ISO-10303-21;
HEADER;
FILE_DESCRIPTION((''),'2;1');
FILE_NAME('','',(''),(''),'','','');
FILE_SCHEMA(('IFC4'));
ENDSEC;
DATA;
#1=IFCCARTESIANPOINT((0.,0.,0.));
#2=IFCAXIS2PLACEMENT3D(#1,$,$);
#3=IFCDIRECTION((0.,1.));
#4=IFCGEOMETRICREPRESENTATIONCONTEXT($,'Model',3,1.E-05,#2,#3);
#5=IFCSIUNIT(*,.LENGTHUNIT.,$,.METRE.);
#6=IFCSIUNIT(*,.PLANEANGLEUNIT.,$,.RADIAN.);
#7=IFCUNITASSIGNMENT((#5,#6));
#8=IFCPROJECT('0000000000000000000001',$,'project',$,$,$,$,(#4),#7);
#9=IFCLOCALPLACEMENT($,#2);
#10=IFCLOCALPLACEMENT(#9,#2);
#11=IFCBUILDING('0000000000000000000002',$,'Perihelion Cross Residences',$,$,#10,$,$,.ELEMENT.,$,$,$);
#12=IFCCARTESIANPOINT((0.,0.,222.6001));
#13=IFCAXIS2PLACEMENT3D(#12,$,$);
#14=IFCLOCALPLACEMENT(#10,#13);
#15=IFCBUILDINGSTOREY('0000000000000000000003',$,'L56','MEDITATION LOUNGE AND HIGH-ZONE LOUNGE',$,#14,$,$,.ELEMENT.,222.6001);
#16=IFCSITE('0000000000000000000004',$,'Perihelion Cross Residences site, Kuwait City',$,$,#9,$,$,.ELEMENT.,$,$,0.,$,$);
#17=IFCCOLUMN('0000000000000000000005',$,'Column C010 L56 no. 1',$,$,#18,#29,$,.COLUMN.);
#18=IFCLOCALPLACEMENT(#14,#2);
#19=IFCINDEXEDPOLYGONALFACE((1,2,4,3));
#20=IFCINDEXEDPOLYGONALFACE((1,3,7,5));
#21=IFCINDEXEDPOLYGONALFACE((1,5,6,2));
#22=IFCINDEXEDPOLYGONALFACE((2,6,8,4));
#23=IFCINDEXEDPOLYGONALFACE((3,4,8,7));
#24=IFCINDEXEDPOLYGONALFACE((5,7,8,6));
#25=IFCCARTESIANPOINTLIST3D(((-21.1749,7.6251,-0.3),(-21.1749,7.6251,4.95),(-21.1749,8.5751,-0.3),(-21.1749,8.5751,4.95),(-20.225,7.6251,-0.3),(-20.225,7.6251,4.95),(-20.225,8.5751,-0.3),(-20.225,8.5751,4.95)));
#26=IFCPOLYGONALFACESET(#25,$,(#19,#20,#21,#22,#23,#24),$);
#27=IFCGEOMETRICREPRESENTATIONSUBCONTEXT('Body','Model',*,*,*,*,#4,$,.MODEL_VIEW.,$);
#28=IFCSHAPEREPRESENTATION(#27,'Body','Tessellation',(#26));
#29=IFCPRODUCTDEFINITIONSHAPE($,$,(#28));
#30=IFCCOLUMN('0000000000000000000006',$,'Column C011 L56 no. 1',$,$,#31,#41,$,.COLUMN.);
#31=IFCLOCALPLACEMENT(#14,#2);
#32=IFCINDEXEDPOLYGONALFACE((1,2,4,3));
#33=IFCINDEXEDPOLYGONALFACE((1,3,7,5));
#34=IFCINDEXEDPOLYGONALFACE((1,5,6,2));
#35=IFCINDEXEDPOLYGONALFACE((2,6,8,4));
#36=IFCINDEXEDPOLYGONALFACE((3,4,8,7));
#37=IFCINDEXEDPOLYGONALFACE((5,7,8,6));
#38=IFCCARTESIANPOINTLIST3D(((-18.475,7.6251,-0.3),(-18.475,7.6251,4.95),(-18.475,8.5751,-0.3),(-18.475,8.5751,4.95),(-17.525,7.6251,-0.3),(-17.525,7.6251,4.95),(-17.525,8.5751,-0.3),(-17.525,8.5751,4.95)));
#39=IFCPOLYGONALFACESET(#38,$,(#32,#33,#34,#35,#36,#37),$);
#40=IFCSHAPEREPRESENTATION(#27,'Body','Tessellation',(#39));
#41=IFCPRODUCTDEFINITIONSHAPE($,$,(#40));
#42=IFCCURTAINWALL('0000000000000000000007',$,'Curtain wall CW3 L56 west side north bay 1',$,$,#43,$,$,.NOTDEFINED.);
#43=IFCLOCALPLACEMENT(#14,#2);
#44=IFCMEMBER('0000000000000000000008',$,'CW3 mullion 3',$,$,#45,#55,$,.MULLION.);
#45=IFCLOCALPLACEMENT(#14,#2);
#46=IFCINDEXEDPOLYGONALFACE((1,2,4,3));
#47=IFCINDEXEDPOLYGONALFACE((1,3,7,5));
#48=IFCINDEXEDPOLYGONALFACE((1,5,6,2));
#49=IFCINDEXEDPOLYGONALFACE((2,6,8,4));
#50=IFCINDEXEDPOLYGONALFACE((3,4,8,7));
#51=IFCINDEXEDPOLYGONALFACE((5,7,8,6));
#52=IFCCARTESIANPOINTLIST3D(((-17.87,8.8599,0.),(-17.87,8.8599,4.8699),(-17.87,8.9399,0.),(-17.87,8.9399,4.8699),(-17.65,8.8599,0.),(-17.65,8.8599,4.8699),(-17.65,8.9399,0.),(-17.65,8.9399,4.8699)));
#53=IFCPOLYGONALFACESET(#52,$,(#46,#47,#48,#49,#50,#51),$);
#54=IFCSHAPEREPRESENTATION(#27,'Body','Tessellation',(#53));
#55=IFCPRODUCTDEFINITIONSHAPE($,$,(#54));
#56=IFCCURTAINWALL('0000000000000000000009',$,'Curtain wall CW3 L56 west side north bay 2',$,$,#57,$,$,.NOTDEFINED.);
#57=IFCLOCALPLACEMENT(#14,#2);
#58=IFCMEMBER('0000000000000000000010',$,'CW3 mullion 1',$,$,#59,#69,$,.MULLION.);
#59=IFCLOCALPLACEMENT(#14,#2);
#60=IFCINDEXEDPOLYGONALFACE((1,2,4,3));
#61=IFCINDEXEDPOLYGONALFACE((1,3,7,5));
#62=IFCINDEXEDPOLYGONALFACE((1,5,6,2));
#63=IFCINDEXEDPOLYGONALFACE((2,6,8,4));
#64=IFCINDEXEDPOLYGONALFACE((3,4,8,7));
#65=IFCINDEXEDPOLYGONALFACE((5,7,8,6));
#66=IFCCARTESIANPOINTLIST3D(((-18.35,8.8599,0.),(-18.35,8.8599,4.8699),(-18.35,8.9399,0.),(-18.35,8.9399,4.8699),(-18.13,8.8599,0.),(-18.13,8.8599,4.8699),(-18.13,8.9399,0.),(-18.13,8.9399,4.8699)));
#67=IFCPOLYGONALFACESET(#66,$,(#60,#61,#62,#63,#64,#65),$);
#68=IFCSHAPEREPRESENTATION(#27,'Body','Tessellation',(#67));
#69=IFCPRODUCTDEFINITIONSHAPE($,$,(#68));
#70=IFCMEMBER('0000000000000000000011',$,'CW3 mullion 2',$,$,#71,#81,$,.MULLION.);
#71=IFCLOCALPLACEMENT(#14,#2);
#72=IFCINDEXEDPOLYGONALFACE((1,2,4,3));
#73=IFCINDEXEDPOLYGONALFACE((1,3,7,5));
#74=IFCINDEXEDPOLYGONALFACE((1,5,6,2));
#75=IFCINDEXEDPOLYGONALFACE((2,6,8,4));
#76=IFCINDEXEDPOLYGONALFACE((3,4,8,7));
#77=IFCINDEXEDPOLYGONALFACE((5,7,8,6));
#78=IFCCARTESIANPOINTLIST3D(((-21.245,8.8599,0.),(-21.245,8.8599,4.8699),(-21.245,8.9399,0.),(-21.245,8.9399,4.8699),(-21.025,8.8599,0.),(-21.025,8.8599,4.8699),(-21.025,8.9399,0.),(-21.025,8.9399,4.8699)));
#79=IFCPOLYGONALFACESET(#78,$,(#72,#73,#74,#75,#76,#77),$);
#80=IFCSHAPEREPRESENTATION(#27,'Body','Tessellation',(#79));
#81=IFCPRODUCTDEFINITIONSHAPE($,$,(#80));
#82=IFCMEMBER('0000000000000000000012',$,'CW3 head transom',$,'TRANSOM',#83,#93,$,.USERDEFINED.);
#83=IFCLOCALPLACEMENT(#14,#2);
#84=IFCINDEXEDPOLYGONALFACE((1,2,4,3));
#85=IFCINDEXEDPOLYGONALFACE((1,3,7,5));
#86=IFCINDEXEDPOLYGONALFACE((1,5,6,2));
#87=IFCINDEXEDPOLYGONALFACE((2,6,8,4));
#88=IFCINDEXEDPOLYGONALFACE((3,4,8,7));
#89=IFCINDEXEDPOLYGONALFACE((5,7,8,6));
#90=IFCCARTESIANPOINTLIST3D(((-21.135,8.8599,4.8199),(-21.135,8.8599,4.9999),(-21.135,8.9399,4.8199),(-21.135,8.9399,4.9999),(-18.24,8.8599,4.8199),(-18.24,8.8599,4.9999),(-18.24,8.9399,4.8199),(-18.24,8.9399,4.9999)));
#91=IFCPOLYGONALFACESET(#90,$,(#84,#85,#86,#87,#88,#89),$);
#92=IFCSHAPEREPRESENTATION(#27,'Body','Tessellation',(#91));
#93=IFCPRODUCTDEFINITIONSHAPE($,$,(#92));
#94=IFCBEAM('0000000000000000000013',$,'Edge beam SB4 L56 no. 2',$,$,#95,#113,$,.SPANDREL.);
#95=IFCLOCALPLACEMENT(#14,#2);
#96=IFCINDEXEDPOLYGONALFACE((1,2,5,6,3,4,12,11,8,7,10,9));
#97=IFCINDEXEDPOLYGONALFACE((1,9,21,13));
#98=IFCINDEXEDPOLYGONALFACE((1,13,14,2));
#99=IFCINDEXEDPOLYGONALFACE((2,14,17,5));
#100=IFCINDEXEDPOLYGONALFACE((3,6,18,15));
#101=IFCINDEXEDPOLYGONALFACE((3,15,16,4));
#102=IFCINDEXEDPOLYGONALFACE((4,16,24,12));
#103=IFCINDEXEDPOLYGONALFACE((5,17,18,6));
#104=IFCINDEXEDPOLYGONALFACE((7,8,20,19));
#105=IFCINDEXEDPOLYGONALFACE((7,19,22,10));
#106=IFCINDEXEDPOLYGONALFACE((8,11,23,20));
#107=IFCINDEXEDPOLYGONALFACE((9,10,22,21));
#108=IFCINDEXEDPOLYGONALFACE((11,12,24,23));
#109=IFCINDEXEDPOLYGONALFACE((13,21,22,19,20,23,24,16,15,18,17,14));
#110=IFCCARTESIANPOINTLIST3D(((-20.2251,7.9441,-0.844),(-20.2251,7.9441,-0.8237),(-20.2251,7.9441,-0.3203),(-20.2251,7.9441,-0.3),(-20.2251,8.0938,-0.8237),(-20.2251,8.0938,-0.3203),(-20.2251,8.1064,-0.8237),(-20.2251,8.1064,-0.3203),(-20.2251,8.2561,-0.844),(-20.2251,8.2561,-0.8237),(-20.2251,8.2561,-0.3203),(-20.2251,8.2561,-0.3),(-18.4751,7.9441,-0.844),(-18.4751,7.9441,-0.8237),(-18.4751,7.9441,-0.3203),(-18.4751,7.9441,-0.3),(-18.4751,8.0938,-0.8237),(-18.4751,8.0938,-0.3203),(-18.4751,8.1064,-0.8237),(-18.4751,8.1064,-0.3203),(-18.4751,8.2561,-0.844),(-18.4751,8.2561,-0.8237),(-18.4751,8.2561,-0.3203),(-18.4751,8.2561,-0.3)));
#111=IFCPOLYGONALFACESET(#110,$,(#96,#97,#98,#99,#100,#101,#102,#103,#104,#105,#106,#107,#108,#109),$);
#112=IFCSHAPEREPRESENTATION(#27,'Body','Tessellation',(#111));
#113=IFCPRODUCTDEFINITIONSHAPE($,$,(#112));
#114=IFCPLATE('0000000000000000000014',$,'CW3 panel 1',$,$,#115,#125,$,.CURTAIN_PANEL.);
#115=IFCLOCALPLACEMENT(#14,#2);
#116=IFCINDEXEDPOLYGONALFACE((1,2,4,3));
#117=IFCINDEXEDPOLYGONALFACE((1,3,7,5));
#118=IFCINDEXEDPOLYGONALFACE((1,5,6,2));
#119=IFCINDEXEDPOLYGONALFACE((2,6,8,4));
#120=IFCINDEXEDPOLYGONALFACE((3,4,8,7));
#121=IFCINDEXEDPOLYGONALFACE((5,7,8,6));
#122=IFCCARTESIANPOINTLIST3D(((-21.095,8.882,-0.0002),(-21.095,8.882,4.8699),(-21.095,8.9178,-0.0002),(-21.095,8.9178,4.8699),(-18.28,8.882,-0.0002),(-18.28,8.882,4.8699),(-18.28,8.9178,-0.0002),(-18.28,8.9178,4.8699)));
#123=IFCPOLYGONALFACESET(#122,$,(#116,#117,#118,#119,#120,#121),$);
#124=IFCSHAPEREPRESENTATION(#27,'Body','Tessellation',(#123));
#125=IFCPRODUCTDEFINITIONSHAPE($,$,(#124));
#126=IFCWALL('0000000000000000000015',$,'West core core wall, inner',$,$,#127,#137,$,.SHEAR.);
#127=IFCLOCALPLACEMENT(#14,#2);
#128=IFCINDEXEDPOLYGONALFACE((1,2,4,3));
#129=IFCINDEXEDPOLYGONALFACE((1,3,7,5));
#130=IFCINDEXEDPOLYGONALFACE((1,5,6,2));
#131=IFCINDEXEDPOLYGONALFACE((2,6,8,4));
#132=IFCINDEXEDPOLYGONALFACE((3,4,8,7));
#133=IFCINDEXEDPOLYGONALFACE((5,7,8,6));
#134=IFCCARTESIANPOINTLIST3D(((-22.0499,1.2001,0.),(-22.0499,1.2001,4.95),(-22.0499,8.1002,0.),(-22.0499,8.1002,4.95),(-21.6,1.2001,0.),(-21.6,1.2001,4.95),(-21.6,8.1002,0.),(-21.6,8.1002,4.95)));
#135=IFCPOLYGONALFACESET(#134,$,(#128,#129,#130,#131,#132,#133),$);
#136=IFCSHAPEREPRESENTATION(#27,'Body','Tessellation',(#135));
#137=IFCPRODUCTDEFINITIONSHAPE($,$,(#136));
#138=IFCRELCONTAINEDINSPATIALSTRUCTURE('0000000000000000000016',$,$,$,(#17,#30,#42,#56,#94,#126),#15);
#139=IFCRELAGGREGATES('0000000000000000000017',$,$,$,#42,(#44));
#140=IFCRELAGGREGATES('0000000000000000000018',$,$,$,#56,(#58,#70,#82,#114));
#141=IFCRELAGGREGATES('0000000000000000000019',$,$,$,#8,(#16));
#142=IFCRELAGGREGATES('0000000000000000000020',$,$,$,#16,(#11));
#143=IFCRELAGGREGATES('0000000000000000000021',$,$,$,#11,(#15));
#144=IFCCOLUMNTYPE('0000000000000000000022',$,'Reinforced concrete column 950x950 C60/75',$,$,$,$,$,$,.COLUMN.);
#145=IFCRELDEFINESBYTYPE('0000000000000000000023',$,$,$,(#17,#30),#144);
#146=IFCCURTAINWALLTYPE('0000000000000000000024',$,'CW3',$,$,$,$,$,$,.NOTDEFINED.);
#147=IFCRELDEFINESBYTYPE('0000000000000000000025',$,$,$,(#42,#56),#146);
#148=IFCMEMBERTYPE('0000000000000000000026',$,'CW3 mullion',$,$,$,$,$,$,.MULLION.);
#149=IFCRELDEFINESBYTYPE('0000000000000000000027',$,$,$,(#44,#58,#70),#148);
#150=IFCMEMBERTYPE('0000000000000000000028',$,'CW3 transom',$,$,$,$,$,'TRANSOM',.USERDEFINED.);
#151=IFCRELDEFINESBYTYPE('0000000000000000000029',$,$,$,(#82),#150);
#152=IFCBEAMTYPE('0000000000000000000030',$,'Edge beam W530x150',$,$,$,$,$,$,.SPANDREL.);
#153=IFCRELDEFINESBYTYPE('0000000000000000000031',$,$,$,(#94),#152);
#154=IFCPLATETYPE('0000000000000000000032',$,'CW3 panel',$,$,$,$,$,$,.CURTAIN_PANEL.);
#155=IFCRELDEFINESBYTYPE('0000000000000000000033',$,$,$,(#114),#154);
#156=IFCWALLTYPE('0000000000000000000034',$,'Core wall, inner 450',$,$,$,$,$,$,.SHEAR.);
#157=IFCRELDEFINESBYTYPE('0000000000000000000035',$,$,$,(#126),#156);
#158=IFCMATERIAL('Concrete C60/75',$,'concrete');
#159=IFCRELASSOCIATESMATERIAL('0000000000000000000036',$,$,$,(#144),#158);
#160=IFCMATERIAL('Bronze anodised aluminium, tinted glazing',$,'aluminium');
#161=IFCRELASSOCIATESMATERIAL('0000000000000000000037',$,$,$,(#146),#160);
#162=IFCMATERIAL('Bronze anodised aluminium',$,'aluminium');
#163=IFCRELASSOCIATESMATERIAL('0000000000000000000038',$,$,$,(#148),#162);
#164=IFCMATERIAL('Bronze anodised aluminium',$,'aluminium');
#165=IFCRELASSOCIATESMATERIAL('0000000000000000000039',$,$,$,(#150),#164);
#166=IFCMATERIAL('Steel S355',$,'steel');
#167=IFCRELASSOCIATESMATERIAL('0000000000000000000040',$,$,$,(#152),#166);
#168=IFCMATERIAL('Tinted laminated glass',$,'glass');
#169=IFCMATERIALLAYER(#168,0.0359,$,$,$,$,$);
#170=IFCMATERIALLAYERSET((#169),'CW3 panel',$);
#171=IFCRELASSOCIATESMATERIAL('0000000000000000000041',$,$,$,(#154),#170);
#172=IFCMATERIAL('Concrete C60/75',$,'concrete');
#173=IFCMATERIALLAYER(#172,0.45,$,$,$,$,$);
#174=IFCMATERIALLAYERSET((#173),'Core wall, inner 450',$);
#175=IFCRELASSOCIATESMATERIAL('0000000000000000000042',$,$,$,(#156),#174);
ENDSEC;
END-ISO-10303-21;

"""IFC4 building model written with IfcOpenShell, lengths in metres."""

from ifc_helpers import new_model, si_unit, direction, frame, frame_2d, origin, origin_2d, place, context, subcontext, project, spatial, rectangle, i_section, extrude, material, layer, layer_set, material_profile, profile_set, type_object, element, aggregate, save


model = new_model("IFC4")

# Units and contexts
model_context = context("Model", 3, precision=1e-05, world=origin(), true_north=direction((0.0, 1.0)))
body_context = subcontext(model_context, "Body", "Model", "MODEL_VIEW")
ifc_project = project(units=[si_unit("LENGTHUNIT", "METRE"), si_unit("PLANEANGLEUNIT", "RADIAN")], contexts=[model_context])

# Site, building, storey
site_placement = place(None, origin())
site = spatial("IfcSite", under=ifc_project, at=site_placement, Name="Perihelion Cross Residences site, Kuwait City", CompositionType="ELEMENT", RefElevation=0.0)
building_placement = place(site_placement, origin())
building = spatial("IfcBuilding", under=site, at=building_placement, Name="Perihelion Cross Residences", CompositionType="ELEMENT")
storey_placement = place(building_placement, frame((0.0, 0.0, 222.6001)))
storey = spatial("IfcBuildingStorey", under=building, at=storey_placement, Name="L56", Description="MEDITATION LOUNGE AND HIGH-ZONE LOUNGE", CompositionType="ELEMENT", Elevation=222.6001)

# Columns
ifc_material_1 = material(Name="Concrete C60/75", Category="concrete")
ifc_material_profile_1 = material_profile(ifc_material_1, rectangle(XDim=0.95, YDim=0.95, at=origin_2d()), Name="RC 950x950")
ifc_profile_set_1 = profile_set([ifc_material_profile_1], Name="Concrete C60/75")
column_type = type_object("IfcColumnType", Name="Reinforced concrete column 950x950 C60/75", PredefinedType="COLUMN", material=ifc_profile_set_1)
for number, where, z_axis, x_axis, name in (
    (1, (-20.7, 8.1001, -0.3), (0.0, 0.0, 1.0), (1.0, 0.0, 0.0), "Column C010 L56 no. 1"),
    (2, (-18.0, 8.1001, -0.3), (0.0, 0.0, 1.0), (1.0, 0.0, 0.0), "Column C011 L56 no. 1"),
):
    element("IfcColumn", number, at=place(storey_placement, frame(where, z_axis=z_axis, x_axis=x_axis)), inside=storey, type_object=column_type, Name=name, PredefinedType="COLUMN", context=body_context, shape_type="SweptSolid", body=[
        extrude(rectangle(XDim=0.95, YDim=0.95, at=origin_2d()), origin(), (0.0, 0.0, 1.0), 5.25),
    ])

# Curtain wall, member
ifc_material_2 = material(Name="Bronze anodised aluminium, tinted glazing", Category="aluminium")
curtain_wall_type = type_object("IfcCurtainWallType", Name="CW3", PredefinedType="NOTDEFINED", material=ifc_material_2)
curtain_wall_1_placement = place(storey_placement, origin())
curtain_wall_1 = element("IfcCurtainWall", 3, at=curtain_wall_1_placement, inside=storey, type_object=curtain_wall_type, Name="Curtain wall CW3 L56 west side north bay 1", PredefinedType="NOTDEFINED")
ifc_material_3 = material(Name="Bronze anodised aluminium", Category="aluminium")
ifc_material_profile_2 = material_profile(ifc_material_3, rectangle(XDim=0.0801, YDim=0.22, at=origin_2d()), Name="CW3 mullion")
ifc_profile_set_2 = profile_set([ifc_material_profile_2], Name="Bronze anodised aluminium")
member_type_1 = type_object("IfcMemberType", Name="CW3 mullion", PredefinedType="MULLION", material=ifc_profile_set_2)
member_1_placement = place(storey_placement, frame((-17.76, 8.8999, 0.0), z_axis=(0.0, 0.0, 1.0), x_axis=(0.0, -1.0, 0.0)))
member_1 = element("IfcMember", 4, at=member_1_placement, type_object=member_type_1, Name="CW3 mullion 3", PredefinedType="MULLION", context=body_context, shape_type="SweptSolid", body=[
    extrude(rectangle(XDim=0.0801, YDim=0.22, at=origin_2d()), origin(), (0.0, 0.0, 1.0), 4.8699),
])
aggregate(curtain_wall_1, [member_1])

# Curtain wall, members
curtain_wall_2_placement = place(storey_placement, origin())
curtain_wall_2 = element("IfcCurtainWall", 5, at=curtain_wall_2_placement, inside=storey, type_object=curtain_wall_type, Name="Curtain wall CW3 L56 west side north bay 2", PredefinedType="NOTDEFINED")
member_2_placement = place(storey_placement, frame((-18.24, 8.8999, 0.0), z_axis=(0.0, 0.0, 1.0), x_axis=(0.0, -1.0, 0.0)))
member_2 = element("IfcMember", 6, at=member_2_placement, type_object=member_type_1, Name="CW3 mullion 1", PredefinedType="MULLION", context=body_context, shape_type="SweptSolid", body=[
    extrude(rectangle(XDim=0.0801, YDim=0.22, at=origin_2d()), origin(), (0.0, 0.0, 1.0), 4.8699),
])
member_3_placement = place(storey_placement, frame((-21.135, 8.8999, 0.0), z_axis=(0.0, 0.0, 1.0), x_axis=(0.0, -1.0, 0.0)))
member_3 = element("IfcMember", 7, at=member_3_placement, type_object=member_type_1, Name="CW3 mullion 2", PredefinedType="MULLION", context=body_context, shape_type="SweptSolid", body=[
    extrude(rectangle(XDim=0.0801, YDim=0.22, at=origin_2d()), origin(), (0.0, 0.0, 1.0), 4.8699),
])
ifc_material_4 = material(Name="Bronze anodised aluminium", Category="aluminium")
ifc_material_profile_3 = material_profile(ifc_material_4, rectangle(XDim=0.0801, YDim=0.1799, at=origin_2d()), Name="CW3 transom")
ifc_profile_set_3 = profile_set([ifc_material_profile_3], Name="Bronze anodised aluminium")
member_type_2 = type_object("IfcMemberType", Name="CW3 transom", ElementType="TRANSOM", PredefinedType="USERDEFINED", material=ifc_profile_set_3)
member_4_placement = place(storey_placement, frame((-18.24, 8.8999, 4.9099), z_axis=(-1.0, 0.0, 0.0), x_axis=(0.0, -1.0, 0.0)))
member_4 = element("IfcMember", 8, at=member_4_placement, type_object=member_type_2, Name="CW3 head transom", ObjectType="TRANSOM", PredefinedType="USERDEFINED", context=body_context, shape_type="SweptSolid", body=[
    extrude(rectangle(XDim=0.0801, YDim=0.1799, at=origin_2d()), origin(), (0.0, 0.0, 1.0), 2.895),
])

# Beam
ifc_material_5 = material(Name="Steel S355", Category="steel")
ifc_material_profile_4 = material_profile(ifc_material_5, i_section(OverallWidth=0.312, OverallDepth=0.5439, WebThickness=0.0127, FlangeThickness=0.0203, at=origin_2d()), Name="W530x150")
ifc_profile_set_4 = profile_set([ifc_material_profile_4], Name="Steel S355")
beam_type = type_object("IfcBeamType", Name="Edge beam W530x150", PredefinedType="SPANDREL", material=ifc_profile_set_4)
beam_placement = place(storey_placement, frame((-18.4751, 8.1001, -0.572), z_axis=(-1.0, 0.0, 0.0), x_axis=(0.0, -1.0, 0.0)))
element("IfcBeam", 9, at=beam_placement, inside=storey, type_object=beam_type, Name="Edge beam SB4 L56 no. 2", PredefinedType="SPANDREL", context=body_context, shape_type="SweptSolid", body=[
    extrude(i_section(OverallWidth=0.312, OverallDepth=0.5439, WebThickness=0.0127, FlangeThickness=0.0203, at=origin_2d()), origin(), (0.0, 0.0, 1.0), 1.75),
])

# Plate
ifc_material_6 = material(Name="Tinted laminated glass", Category="glass")
ifc_layer_1 = layer(ifc_material_6, 0.0359)
ifc_layer_set_1 = layer_set([ifc_layer_1], Name="CW3 panel")
plate_type = type_object("IfcPlateType", Name="CW3 panel", PredefinedType="CURTAIN_PANEL", material=ifc_layer_set_1)
plate_placement = place(storey_placement, frame((-19.6875, 8.8999, -0.0002), z_axis=(0.0, 0.0, 1.0), x_axis=(-1.0, 0.0, 0.0)))
plate = element("IfcPlate", 10, at=plate_placement, type_object=plate_type, Name="CW3 panel 1", PredefinedType="CURTAIN_PANEL", context=body_context, shape_type="SweptSolid", body=[
    extrude(rectangle(XDim=2.8149, YDim=0.0359, at=origin_2d()), origin(), (0.0, 0.0, 1.0), 4.8701),
])
aggregate(curtain_wall_2, [member_2, member_3, member_4, plate])

# Wall
ifc_material_7 = material(Name="Concrete C60/75", Category="concrete")
ifc_layer_2 = layer(ifc_material_7, 0.45)
ifc_layer_set_2 = layer_set([ifc_layer_2], Name="Core wall, inner 450")
wall_type_1 = type_object("IfcWallType", Name="Core wall, inner 450", PredefinedType="SHEAR", material=ifc_layer_set_2)
wall_1_placement = place(storey_placement, frame((-21.825, 1.2, 0.0), z_axis=(0.0, 0.0, 1.0), x_axis=(0.0, 1.0, 0.0)))
element("IfcWall", 11, at=wall_1_placement, inside=storey, type_object=wall_type_1, Name="West core core wall, inner", PredefinedType="SHEAR", context=body_context, shape_type="SweptSolid", body=[
    extrude(rectangle(XDim=6.9001, YDim=0.45, at=frame_2d((3.4502, 0.0))), origin(), (0.0, 0.0, 1.0), 4.95),
])

save(model, "model.ifc")
